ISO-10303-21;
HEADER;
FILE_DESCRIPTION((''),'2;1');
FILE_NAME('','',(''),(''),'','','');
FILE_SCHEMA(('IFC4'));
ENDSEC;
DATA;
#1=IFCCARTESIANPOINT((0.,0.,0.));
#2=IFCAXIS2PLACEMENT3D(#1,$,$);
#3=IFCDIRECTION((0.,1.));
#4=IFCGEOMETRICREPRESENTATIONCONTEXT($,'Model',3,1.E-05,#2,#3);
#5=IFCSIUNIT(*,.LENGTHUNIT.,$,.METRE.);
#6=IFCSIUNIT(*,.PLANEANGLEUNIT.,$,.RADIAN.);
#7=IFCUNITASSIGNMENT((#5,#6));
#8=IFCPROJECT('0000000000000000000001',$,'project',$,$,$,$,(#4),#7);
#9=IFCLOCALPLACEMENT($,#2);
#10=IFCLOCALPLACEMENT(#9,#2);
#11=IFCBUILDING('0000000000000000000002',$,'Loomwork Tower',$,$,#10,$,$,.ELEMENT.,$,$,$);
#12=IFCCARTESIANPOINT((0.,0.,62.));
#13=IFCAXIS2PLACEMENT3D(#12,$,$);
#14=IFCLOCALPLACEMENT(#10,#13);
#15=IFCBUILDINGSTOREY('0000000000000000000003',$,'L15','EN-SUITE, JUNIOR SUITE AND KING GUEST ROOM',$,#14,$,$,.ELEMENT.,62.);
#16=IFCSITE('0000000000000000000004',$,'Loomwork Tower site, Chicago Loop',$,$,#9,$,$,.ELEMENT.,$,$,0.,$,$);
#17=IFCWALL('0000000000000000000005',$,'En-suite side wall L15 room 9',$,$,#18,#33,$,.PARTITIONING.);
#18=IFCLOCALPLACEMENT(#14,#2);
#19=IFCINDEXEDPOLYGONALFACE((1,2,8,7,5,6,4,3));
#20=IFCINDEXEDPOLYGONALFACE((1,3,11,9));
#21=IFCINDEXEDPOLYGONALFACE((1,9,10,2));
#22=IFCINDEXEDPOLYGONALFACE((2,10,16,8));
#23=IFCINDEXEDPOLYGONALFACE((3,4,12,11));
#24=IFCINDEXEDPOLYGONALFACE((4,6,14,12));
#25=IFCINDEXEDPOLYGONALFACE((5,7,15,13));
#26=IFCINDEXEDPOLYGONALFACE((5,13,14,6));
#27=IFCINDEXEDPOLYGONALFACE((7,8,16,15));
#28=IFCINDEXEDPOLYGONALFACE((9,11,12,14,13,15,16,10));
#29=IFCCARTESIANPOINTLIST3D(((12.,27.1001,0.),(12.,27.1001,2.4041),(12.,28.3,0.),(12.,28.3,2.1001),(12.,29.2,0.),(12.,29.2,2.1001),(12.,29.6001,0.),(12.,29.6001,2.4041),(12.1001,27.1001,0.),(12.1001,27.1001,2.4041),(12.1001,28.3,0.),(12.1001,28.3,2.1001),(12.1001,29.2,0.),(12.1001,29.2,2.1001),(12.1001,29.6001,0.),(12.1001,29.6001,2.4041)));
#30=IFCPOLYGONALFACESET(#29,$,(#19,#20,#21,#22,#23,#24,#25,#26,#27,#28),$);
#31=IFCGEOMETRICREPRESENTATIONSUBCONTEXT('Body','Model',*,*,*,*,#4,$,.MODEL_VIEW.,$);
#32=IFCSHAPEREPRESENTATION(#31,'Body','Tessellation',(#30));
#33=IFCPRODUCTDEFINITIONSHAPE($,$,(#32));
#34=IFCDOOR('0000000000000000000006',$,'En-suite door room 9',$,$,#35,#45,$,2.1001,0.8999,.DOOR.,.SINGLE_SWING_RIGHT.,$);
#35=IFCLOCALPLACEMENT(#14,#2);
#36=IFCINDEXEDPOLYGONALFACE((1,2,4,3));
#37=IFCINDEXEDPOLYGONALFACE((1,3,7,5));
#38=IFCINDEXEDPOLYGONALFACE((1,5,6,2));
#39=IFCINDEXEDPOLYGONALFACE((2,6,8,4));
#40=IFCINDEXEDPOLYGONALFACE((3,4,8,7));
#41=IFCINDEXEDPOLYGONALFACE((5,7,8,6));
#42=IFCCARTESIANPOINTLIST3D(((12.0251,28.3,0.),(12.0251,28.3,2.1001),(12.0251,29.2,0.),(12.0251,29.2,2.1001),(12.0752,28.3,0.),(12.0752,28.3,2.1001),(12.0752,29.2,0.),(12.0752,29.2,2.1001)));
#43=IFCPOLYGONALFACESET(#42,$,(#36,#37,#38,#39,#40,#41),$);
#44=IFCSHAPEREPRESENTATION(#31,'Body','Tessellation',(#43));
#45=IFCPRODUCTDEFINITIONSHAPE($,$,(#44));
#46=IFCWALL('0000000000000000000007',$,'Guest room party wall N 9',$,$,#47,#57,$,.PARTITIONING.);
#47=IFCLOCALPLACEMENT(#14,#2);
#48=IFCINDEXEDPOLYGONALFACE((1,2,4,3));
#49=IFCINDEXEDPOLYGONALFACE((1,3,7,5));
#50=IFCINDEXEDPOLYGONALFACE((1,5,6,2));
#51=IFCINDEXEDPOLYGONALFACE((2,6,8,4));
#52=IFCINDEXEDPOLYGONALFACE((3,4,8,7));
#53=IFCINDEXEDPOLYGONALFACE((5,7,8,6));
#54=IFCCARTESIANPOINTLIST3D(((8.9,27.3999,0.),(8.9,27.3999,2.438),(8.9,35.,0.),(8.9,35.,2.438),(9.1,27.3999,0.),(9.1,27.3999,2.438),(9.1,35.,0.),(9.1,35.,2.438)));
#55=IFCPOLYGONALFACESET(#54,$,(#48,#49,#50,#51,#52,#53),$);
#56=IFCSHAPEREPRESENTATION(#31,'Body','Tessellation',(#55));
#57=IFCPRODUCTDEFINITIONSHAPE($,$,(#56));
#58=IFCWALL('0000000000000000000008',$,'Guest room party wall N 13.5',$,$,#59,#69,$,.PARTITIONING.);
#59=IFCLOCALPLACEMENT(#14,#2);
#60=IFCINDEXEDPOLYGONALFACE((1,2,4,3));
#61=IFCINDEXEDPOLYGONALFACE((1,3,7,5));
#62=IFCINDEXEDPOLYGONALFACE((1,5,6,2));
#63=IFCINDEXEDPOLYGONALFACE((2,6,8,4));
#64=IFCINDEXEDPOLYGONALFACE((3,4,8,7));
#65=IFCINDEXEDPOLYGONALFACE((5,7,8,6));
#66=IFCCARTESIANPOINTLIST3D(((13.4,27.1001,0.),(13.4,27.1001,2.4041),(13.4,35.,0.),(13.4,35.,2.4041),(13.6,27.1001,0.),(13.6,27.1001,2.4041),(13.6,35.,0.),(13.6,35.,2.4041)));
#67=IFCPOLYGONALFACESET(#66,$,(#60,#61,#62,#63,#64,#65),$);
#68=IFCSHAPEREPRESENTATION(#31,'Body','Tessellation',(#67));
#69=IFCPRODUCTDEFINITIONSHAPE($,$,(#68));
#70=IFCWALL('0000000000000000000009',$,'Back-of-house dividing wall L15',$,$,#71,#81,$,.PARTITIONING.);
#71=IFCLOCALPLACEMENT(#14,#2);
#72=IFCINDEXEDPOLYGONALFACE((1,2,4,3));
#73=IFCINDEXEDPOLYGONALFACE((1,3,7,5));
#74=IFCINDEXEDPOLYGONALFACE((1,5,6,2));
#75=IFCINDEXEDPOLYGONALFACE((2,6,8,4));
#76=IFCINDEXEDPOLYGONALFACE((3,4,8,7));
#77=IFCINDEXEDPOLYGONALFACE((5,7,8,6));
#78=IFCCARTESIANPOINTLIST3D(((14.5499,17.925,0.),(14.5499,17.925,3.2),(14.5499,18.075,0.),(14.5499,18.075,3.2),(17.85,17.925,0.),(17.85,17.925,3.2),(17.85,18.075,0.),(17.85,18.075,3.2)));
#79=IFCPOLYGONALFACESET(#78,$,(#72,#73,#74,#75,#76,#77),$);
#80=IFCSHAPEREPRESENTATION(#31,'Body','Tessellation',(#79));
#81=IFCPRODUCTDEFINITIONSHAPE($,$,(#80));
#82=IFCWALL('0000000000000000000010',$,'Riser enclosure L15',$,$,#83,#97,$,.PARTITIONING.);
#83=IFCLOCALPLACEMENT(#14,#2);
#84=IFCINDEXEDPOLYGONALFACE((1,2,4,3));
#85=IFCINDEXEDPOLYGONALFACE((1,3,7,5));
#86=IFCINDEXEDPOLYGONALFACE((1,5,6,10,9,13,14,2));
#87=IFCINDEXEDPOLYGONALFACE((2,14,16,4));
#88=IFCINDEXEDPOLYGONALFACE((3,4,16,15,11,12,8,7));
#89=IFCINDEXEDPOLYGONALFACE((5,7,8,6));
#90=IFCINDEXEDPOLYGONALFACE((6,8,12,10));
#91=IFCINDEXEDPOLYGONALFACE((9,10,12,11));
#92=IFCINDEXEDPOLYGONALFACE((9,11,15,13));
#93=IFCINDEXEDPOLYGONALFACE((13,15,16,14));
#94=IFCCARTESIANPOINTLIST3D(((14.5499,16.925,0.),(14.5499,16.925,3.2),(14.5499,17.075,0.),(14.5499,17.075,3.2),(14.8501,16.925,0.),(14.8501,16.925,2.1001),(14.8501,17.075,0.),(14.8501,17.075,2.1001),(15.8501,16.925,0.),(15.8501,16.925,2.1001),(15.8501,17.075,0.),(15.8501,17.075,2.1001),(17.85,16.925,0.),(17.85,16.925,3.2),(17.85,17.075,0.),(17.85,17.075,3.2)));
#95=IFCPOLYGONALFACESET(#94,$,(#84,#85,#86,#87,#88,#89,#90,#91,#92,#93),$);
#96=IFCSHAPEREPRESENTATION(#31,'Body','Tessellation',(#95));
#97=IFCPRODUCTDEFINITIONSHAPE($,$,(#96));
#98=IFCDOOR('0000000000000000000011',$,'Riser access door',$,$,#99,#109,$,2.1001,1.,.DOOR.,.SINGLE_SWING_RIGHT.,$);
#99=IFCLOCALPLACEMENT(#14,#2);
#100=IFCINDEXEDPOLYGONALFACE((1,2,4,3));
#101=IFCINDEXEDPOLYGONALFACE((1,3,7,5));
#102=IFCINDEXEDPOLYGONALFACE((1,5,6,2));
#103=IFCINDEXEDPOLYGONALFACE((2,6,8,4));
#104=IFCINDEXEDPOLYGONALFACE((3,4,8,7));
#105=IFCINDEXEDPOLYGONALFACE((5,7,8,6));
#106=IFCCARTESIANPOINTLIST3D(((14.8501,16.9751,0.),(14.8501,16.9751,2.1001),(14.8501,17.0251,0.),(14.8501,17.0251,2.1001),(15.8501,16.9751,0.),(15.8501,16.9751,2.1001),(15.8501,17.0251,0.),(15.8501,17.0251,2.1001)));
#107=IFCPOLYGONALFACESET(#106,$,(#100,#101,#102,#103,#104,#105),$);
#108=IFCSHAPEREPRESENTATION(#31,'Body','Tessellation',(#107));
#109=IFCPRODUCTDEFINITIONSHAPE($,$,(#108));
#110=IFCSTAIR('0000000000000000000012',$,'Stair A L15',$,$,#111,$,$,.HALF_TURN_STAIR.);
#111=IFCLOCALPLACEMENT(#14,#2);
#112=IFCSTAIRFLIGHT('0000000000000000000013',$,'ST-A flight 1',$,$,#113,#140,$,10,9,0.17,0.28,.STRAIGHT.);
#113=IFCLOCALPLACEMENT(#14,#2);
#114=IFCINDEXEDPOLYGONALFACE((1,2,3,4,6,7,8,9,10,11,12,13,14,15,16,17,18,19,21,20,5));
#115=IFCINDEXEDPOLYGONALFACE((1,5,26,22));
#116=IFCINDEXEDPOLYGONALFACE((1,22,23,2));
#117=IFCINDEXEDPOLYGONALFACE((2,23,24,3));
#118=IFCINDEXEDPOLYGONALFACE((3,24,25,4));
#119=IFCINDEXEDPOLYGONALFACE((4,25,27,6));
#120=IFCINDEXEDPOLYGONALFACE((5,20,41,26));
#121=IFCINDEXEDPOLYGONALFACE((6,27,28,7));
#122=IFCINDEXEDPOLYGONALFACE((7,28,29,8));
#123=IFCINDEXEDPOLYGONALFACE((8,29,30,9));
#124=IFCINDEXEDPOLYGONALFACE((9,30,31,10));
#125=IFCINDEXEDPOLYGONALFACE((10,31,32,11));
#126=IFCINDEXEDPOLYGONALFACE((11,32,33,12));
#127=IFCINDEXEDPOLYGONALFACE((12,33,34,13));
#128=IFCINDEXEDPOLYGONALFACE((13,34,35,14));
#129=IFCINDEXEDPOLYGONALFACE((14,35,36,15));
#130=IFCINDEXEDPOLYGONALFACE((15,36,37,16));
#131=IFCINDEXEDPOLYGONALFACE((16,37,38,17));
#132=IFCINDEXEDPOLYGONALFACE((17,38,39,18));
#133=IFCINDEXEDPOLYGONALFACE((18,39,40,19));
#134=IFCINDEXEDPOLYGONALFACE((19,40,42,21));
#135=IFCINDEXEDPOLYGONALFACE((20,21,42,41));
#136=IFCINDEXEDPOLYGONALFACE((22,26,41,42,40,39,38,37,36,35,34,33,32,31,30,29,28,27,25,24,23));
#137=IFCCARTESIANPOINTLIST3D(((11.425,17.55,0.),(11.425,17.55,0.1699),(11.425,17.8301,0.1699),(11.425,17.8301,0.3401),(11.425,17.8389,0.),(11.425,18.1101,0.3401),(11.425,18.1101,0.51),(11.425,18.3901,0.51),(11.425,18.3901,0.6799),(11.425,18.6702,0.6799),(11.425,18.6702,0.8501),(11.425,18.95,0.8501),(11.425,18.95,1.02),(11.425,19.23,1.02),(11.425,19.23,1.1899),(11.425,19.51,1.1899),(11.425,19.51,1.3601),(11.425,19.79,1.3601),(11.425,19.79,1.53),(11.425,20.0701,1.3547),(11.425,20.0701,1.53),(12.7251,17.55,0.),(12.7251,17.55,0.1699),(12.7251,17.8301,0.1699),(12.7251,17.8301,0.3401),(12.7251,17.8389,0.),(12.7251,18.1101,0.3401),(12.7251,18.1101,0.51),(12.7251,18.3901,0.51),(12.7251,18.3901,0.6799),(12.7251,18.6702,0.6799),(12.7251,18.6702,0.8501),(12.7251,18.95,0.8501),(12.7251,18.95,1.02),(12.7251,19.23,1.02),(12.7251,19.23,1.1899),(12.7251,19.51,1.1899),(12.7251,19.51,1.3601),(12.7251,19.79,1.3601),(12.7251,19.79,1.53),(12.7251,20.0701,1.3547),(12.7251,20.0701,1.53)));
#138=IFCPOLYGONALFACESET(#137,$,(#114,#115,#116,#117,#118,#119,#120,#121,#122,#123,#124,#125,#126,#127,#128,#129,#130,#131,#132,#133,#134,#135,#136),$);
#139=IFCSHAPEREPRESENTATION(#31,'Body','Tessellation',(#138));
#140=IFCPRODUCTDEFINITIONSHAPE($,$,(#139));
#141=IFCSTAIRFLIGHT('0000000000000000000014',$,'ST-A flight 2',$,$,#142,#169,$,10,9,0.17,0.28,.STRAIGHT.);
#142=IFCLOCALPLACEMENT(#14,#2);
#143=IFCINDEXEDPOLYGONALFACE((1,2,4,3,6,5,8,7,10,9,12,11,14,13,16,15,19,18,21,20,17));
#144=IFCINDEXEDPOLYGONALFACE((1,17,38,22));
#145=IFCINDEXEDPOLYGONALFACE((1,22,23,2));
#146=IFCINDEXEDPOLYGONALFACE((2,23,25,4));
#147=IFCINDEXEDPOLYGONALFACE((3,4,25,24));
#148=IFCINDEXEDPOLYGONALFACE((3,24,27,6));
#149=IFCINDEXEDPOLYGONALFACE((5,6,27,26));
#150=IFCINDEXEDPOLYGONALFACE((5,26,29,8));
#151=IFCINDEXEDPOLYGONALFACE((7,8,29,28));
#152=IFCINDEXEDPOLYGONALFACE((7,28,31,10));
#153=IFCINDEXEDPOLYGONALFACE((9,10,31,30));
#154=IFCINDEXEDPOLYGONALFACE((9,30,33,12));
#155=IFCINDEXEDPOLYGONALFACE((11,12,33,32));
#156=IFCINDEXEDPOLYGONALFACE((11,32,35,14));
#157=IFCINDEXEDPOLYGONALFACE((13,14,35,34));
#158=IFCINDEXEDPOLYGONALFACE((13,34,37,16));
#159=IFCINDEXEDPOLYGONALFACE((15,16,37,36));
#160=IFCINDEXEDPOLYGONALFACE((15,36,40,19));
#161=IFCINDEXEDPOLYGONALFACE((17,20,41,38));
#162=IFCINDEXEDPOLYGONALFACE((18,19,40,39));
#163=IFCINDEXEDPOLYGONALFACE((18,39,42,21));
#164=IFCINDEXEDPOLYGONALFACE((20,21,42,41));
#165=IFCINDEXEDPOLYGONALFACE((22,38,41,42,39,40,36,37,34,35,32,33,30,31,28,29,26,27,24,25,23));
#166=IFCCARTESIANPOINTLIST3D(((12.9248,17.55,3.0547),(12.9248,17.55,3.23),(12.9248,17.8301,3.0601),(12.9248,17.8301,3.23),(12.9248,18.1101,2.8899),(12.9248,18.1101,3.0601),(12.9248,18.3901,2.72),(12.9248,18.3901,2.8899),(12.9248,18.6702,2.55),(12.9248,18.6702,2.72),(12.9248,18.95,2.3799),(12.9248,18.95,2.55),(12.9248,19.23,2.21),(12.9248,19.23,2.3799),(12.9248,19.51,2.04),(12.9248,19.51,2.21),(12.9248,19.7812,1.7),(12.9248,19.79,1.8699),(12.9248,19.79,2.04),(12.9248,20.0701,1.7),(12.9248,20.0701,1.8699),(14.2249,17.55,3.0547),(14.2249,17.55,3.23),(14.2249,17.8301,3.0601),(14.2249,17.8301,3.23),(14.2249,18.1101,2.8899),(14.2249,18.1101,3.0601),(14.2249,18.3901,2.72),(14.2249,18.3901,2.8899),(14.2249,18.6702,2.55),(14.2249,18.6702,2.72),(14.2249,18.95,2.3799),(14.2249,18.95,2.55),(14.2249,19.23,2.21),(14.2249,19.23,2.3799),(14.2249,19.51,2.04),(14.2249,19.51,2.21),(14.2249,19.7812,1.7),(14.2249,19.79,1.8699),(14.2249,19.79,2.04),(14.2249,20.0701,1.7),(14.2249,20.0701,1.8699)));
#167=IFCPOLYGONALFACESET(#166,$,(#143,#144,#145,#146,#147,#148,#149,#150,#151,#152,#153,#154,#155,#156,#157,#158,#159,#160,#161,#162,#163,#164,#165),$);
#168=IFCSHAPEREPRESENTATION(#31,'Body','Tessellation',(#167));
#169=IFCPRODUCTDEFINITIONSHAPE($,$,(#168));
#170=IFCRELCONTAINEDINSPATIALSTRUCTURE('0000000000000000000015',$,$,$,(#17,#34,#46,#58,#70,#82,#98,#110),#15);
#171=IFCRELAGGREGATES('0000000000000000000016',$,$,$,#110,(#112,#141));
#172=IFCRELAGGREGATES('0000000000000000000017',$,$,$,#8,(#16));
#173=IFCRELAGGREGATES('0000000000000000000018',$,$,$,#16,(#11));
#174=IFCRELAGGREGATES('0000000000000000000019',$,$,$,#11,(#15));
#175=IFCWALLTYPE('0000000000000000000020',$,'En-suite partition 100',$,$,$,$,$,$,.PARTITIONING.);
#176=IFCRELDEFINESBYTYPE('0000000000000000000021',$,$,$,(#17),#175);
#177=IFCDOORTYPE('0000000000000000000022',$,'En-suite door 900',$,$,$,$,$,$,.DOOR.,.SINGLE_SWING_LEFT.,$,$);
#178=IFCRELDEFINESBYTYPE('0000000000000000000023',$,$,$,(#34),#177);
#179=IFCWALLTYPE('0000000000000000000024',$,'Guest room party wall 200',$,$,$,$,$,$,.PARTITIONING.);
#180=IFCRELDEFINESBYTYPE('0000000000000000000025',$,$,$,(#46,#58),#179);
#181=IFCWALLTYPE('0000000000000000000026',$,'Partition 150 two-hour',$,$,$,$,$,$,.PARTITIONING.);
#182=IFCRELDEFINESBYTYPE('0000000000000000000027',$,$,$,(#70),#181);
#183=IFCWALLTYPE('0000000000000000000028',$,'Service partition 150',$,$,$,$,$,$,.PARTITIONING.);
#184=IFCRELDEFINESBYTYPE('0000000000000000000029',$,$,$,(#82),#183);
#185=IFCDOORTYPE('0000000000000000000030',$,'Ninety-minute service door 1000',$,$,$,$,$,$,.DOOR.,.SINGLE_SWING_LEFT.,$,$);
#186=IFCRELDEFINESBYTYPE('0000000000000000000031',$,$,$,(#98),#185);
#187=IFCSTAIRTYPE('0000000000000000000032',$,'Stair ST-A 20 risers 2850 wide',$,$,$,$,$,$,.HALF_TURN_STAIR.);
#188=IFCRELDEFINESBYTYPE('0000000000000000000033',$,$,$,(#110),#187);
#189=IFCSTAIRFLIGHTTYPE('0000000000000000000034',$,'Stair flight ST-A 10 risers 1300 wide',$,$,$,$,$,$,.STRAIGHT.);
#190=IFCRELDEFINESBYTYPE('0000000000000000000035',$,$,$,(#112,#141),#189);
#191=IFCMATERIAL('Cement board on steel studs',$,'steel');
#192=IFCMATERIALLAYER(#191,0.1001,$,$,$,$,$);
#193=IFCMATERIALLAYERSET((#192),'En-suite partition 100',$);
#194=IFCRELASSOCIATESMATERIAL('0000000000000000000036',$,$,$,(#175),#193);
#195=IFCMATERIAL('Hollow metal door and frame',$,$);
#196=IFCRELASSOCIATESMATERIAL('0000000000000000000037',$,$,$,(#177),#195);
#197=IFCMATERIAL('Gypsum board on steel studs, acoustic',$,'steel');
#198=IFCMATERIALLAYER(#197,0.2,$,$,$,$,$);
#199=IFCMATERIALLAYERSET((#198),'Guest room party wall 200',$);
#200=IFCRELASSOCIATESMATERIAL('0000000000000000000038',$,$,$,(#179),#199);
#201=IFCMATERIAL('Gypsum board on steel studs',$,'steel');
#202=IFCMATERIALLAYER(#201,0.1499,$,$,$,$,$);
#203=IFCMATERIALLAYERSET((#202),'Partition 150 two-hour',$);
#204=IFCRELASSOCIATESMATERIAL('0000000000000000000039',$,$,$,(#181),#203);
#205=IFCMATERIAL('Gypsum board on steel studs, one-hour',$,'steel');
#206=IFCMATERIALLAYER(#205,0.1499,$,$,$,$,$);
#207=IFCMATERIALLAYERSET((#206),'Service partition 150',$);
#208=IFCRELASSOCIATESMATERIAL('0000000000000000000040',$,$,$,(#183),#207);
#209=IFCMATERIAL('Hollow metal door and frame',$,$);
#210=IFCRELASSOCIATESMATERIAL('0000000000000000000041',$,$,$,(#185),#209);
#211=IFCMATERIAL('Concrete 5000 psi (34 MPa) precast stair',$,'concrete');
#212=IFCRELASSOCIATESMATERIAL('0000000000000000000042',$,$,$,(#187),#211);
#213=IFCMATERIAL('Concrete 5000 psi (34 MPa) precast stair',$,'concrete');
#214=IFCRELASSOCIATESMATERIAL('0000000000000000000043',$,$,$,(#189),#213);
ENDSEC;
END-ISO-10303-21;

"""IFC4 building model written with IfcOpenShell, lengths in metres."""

from ifc_helpers import new_model, si_unit, direction, frame, frame_2d, origin, place, context, subcontext, project, spatial, polyline, rectangle, outline, extrude, material, layer, layer_set, type_object, element, fill, aggregate, save


model = new_model("IFC4")

# Units and contexts
model_context = context("Model", 3, precision=1e-05, world=origin(), true_north=direction((0.0, 1.0)))
body_context = subcontext(model_context, "Body", "Model", "MODEL_VIEW")
ifc_project = project(units=[si_unit("LENGTHUNIT", "METRE"), si_unit("PLANEANGLEUNIT", "RADIAN")], contexts=[model_context])

# Site, building, storey
site_placement = place(None, origin())
site = spatial("IfcSite", under=ifc_project, at=site_placement, Name="Loomwork Tower site, Chicago Loop", CompositionType="ELEMENT", RefElevation=0.0)
building_placement = place(site_placement, origin())
building = spatial("IfcBuilding", under=site, at=building_placement, Name="Loomwork Tower", CompositionType="ELEMENT")
storey_placement = place(building_placement, frame((0.0, 0.0, 62.0)))
storey = spatial("IfcBuildingStorey", under=building, at=storey_placement, Name="L15", Description="EN-SUITE, JUNIOR SUITE AND KING GUEST ROOM", CompositionType="ELEMENT", Elevation=62.0)

# Wall, opening, door
ifc_material_1 = material(Name="Cement board on steel studs", Category="steel")
ifc_layer_1 = layer(ifc_material_1, 0.1001)
ifc_layer_set_1 = layer_set([ifc_layer_1], Name="En-suite partition 100")
wall_type_1 = type_object("IfcWallType", Name="En-suite partition 100", PredefinedType="PARTITIONING", material=ifc_layer_set_1)
wall_1_placement = place(storey_placement, frame((12.05, 27.1001, 0.0), z_axis=(0.0, 0.0, 1.0), x_axis=(0.0, 1.0, 0.0)))
wall_1 = element("IfcWall", 1, at=wall_1_placement, inside=storey, type_object=wall_type_1, Name="En-suite side wall L15 room 9", PredefinedType="PARTITIONING", context=body_context, shape_type="SweptSolid", body=[
    extrude(rectangle(XDim=2.5, YDim=0.1001, at=frame_2d((1.25, 0.0))), origin(), (0.0, 0.0, 1.0), 2.4041),
])
opening_1_placement = place(wall_1_placement, frame((1.2, 0.0, 0.0)))
opening_1 = element("IfcOpeningElement", 2, at=opening_1_placement, cuts=wall_1, PredefinedType="OPENING", context=body_context, shape_type="SweptSolid", body=[
    extrude(rectangle(XDim=0.8999, YDim=2.1001, at=frame_2d((0.45, 1.05))), frame((0.0, 0.0601, 0.0), z_axis=(0.0, -1.0, 0.0), x_axis=(1.0, 0.0, 0.0)), (0.0, 0.0, 1.0), 0.1201),
])
ifc_material_2 = material(Name="Hollow metal door and frame")
door_type_1 = type_object("IfcDoorType", Name="En-suite door 900", OperationType="SINGLE_SWING_LEFT", PredefinedType="DOOR", material=ifc_material_2)
door_1_placement = place(opening_1_placement, origin())
door_1 = element("IfcDoor", 3, at=door_1_placement, inside=storey, type_object=door_type_1, Name="En-suite door room 9", OperationType="SINGLE_SWING_RIGHT", OverallHeight=2.1001, OverallWidth=0.8999, PredefinedType="DOOR", context=body_context, shape_type="SweptSolid", body=[
    extrude(rectangle(XDim=0.8999, YDim=2.1001, at=frame_2d((0.45, 1.05))), frame((0.0, 0.0249, 0.0), z_axis=(0.0, -1.0, 0.0), x_axis=(1.0, 0.0, 0.0)), (0.0, 0.0, 1.0), 0.05),
])
fill(opening_1, door_1)

# Walls
ifc_material_3 = material(Name="Gypsum board on steel studs, acoustic", Category="steel")
ifc_layer_2 = layer(ifc_material_3, 0.2)
ifc_layer_set_2 = layer_set([ifc_layer_2], Name="Guest room party wall 200")
wall_type_2 = type_object("IfcWallType", Name="Guest room party wall 200", PredefinedType="PARTITIONING", material=ifc_layer_set_2)
wall_2_placement = place(storey_placement, frame((9.0, 27.3999, 0.0), z_axis=(0.0, 0.0, 1.0), x_axis=(0.0, 1.0, 0.0)))
element("IfcWall", 4, at=wall_2_placement, inside=storey, type_object=wall_type_2, Name="Guest room party wall N 9", PredefinedType="PARTITIONING", context=body_context, shape_type="SweptSolid", body=[
    extrude(rectangle(XDim=7.6001, YDim=0.2, at=frame_2d((3.8, 0.0))), origin(), (0.0, 0.0, 1.0), 2.438),
])
wall_3_placement = place(storey_placement, frame((13.5, 27.1001, 0.0), z_axis=(0.0, 0.0, 1.0), x_axis=(0.0, 1.0, 0.0)))
element("IfcWall", 5, at=wall_3_placement, inside=storey, type_object=wall_type_2, Name="Guest room party wall N 13.5", PredefinedType="PARTITIONING", context=body_context, shape_type="SweptSolid", body=[
    extrude(rectangle(XDim=7.8999, YDim=0.2, at=frame_2d((3.95, 0.0))), origin(), (0.0, 0.0, 1.0), 2.4041),
])
ifc_material_4 = material(Name="Gypsum board on steel studs", Category="steel")
ifc_layer_3 = layer(ifc_material_4, 0.1499)
ifc_layer_set_3 = layer_set([ifc_layer_3], Name="Partition 150 two-hour")
wall_type_3 = type_object("IfcWallType", Name="Partition 150 two-hour", PredefinedType="PARTITIONING", material=ifc_layer_set_3)
wall_4_placement = place(storey_placement, frame((14.55, 18.0, 0.0), z_axis=(0.0, 0.0, 1.0), x_axis=(1.0, 0.0, 0.0)))
element("IfcWall", 6, at=wall_4_placement, inside=storey, type_object=wall_type_3, Name="Back-of-house dividing wall L15", PredefinedType="PARTITIONING", context=body_context, shape_type="SweptSolid", body=[
    extrude(rectangle(XDim=3.3, YDim=0.1499, at=frame_2d((1.6499, 0.0))), origin(), (0.0, 0.0, 1.0), 3.2),
])

# Wall, opening, door
ifc_material_5 = material(Name="Gypsum board on steel studs, one-hour", Category="steel")
ifc_layer_4 = layer(ifc_material_5, 0.1499)
ifc_layer_set_4 = layer_set([ifc_layer_4], Name="Service partition 150")
wall_type_4 = type_object("IfcWallType", Name="Service partition 150", PredefinedType="PARTITIONING", material=ifc_layer_set_4)
wall_5_placement = place(storey_placement, frame((14.55, 17.0, 0.0), z_axis=(0.0, 0.0, 1.0), x_axis=(1.0, 0.0, 0.0)))
wall_5 = element("IfcWall", 7, at=wall_5_placement, inside=storey, type_object=wall_type_4, Name="Riser enclosure L15", PredefinedType="PARTITIONING", context=body_context, shape_type="SweptSolid", body=[
    extrude(rectangle(XDim=3.3, YDim=0.1499, at=frame_2d((1.6499, 0.0))), origin(), (0.0, 0.0, 1.0), 3.2),
])
opening_2_placement = place(wall_5_placement, frame((0.3, 0.0, 0.0)))
opening_2 = element("IfcOpeningElement", 8, at=opening_2_placement, cuts=wall_5, PredefinedType="OPENING", context=body_context, shape_type="SweptSolid", body=[
    extrude(rectangle(XDim=1.0, YDim=2.1001, at=frame_2d((0.5, 1.05))), frame((0.0, 0.085, 0.0), z_axis=(0.0, -1.0, 0.0), x_axis=(1.0, 0.0, 0.0)), (0.0, 0.0, 1.0), 0.1699),
])
ifc_material_6 = material(Name="Hollow metal door and frame")
door_type_2 = type_object("IfcDoorType", Name="Ninety-minute service door 1000", OperationType="SINGLE_SWING_LEFT", PredefinedType="DOOR", material=ifc_material_6)
door_2_placement = place(opening_2_placement, frame((1.0, 0.0, 0.0), z_axis=(0.0, 0.0, 1.0), x_axis=(-1.0, 0.0, 0.0)))
door_2 = element("IfcDoor", 9, at=door_2_placement, inside=storey, type_object=door_type_2, Name="Riser access door", OperationType="SINGLE_SWING_RIGHT", OverallHeight=2.1001, OverallWidth=1.0, PredefinedType="DOOR", context=body_context, shape_type="SweptSolid", body=[
    extrude(rectangle(XDim=1.0, YDim=2.1001, at=frame_2d((0.5, 1.05))), frame((0.0, 0.0249, 0.0), z_axis=(0.0, -1.0, 0.0), x_axis=(1.0, 0.0, 0.0)), (0.0, 0.0, 1.0), 0.05),
])
fill(opening_2, door_2)

# Stair, stair flights
ifc_material_7 = material(Name="Concrete 5000 psi (34 MPa) precast stair", Category="concrete")
stair_type = type_object("IfcStairType", Name="Stair ST-A 20 risers 2850 wide", PredefinedType="HALF_TURN_STAIR", material=ifc_material_7)
stair_placement = place(storey_placement, origin())
stair = element("IfcStair", 10, at=stair_placement, inside=storey, type_object=stair_type, Name="Stair A L15", PredefinedType="HALF_TURN_STAIR")
ifc_material_8 = material(Name="Concrete 5000 psi (34 MPa) precast stair", Category="concrete")
stair_flight_type = type_object("IfcStairFlightType", Name="Stair flight ST-A 10 risers 1300 wide", PredefinedType="STRAIGHT", material=ifc_material_8)
stair_flight_1_placement = place(storey_placement, frame((12.075, 17.55, 0.0), z_axis=(0.0, 0.0, 1.0), x_axis=(0.0, 1.0, 0.0)))
stair_flight_1 = element("IfcStairFlight", 11, at=stair_flight_1_placement, type_object=stair_flight_type, Name="ST-A flight 1", NumberOfRisers=10, NumberOfTreads=9, PredefinedType="STRAIGHT", RiserHeight=0.17, TreadLength=0.28, context=body_context, shape_type="SweptSolid", body=[
    extrude(outline(polyline([(0.0, 0.0), (0.0, 0.1699), (0.28, 0.1699), (0.28, 0.3401), (0.5601, 0.3401), (0.5601, 0.51), (0.8401, 0.51), (0.8401, 0.6799), (1.1201, 0.6799), (1.1201, 0.8501), (1.3999, 0.8501), (1.3999, 1.02), (1.6799, 1.02), (1.6799, 1.1899), (1.96, 1.1899), (1.96, 1.3601), (2.24, 1.3601), (2.24, 1.53), (2.52, 1.53), (2.52, 1.7), (2.52, 1.3547), (0.2888, 0.0), (0.0, 0.0)])), frame((0.0, 0.6499, 0.0), z_axis=(0.0, -1.0, 0.0), x_axis=(1.0, 0.0, 0.0)), (0.0, 0.0, 1.0), 1.3),
])
stair_flight_2_placement = place(storey_placement, frame((13.575, 20.0701, 1.7), z_axis=(0.0, 0.0, 1.0), x_axis=(0.0, -1.0, 0.0)))
stair_flight_2 = element("IfcStairFlight", 12, at=stair_flight_2_placement, type_object=stair_flight_type, Name="ST-A flight 2", NumberOfRisers=10, NumberOfTreads=9, PredefinedType="STRAIGHT", RiserHeight=0.17, TreadLength=0.28, context=body_context, shape_type="SweptSolid", body=[
    extrude(outline(polyline([(0.0, 0.0), (0.0, 0.1699), (0.28, 0.1699), (0.28, 0.3401), (0.5601, 0.3401), (0.5601, 0.51), (0.8401, 0.51), (0.8401, 0.6799), (1.1201, 0.6799), (1.1201, 0.8501), (1.3999, 0.8501), (1.3999, 1.02), (1.6799, 1.02), (1.6799, 1.1899), (1.96, 1.1899), (1.96, 1.3601), (2.24, 1.3601), (2.24, 1.53), (2.52, 1.53), (2.52, 1.7), (2.52, 1.3547), (0.2888, 0.0), (0.0, 0.0)])), frame((0.0, 0.6499, 0.0), z_axis=(0.0, -1.0, 0.0), x_axis=(1.0, 0.0, 0.0)), (0.0, 0.0, 1.0), 1.3),
])
aggregate(stair, [stair_flight_1, stair_flight_2])

save(model, "model.ifc")
